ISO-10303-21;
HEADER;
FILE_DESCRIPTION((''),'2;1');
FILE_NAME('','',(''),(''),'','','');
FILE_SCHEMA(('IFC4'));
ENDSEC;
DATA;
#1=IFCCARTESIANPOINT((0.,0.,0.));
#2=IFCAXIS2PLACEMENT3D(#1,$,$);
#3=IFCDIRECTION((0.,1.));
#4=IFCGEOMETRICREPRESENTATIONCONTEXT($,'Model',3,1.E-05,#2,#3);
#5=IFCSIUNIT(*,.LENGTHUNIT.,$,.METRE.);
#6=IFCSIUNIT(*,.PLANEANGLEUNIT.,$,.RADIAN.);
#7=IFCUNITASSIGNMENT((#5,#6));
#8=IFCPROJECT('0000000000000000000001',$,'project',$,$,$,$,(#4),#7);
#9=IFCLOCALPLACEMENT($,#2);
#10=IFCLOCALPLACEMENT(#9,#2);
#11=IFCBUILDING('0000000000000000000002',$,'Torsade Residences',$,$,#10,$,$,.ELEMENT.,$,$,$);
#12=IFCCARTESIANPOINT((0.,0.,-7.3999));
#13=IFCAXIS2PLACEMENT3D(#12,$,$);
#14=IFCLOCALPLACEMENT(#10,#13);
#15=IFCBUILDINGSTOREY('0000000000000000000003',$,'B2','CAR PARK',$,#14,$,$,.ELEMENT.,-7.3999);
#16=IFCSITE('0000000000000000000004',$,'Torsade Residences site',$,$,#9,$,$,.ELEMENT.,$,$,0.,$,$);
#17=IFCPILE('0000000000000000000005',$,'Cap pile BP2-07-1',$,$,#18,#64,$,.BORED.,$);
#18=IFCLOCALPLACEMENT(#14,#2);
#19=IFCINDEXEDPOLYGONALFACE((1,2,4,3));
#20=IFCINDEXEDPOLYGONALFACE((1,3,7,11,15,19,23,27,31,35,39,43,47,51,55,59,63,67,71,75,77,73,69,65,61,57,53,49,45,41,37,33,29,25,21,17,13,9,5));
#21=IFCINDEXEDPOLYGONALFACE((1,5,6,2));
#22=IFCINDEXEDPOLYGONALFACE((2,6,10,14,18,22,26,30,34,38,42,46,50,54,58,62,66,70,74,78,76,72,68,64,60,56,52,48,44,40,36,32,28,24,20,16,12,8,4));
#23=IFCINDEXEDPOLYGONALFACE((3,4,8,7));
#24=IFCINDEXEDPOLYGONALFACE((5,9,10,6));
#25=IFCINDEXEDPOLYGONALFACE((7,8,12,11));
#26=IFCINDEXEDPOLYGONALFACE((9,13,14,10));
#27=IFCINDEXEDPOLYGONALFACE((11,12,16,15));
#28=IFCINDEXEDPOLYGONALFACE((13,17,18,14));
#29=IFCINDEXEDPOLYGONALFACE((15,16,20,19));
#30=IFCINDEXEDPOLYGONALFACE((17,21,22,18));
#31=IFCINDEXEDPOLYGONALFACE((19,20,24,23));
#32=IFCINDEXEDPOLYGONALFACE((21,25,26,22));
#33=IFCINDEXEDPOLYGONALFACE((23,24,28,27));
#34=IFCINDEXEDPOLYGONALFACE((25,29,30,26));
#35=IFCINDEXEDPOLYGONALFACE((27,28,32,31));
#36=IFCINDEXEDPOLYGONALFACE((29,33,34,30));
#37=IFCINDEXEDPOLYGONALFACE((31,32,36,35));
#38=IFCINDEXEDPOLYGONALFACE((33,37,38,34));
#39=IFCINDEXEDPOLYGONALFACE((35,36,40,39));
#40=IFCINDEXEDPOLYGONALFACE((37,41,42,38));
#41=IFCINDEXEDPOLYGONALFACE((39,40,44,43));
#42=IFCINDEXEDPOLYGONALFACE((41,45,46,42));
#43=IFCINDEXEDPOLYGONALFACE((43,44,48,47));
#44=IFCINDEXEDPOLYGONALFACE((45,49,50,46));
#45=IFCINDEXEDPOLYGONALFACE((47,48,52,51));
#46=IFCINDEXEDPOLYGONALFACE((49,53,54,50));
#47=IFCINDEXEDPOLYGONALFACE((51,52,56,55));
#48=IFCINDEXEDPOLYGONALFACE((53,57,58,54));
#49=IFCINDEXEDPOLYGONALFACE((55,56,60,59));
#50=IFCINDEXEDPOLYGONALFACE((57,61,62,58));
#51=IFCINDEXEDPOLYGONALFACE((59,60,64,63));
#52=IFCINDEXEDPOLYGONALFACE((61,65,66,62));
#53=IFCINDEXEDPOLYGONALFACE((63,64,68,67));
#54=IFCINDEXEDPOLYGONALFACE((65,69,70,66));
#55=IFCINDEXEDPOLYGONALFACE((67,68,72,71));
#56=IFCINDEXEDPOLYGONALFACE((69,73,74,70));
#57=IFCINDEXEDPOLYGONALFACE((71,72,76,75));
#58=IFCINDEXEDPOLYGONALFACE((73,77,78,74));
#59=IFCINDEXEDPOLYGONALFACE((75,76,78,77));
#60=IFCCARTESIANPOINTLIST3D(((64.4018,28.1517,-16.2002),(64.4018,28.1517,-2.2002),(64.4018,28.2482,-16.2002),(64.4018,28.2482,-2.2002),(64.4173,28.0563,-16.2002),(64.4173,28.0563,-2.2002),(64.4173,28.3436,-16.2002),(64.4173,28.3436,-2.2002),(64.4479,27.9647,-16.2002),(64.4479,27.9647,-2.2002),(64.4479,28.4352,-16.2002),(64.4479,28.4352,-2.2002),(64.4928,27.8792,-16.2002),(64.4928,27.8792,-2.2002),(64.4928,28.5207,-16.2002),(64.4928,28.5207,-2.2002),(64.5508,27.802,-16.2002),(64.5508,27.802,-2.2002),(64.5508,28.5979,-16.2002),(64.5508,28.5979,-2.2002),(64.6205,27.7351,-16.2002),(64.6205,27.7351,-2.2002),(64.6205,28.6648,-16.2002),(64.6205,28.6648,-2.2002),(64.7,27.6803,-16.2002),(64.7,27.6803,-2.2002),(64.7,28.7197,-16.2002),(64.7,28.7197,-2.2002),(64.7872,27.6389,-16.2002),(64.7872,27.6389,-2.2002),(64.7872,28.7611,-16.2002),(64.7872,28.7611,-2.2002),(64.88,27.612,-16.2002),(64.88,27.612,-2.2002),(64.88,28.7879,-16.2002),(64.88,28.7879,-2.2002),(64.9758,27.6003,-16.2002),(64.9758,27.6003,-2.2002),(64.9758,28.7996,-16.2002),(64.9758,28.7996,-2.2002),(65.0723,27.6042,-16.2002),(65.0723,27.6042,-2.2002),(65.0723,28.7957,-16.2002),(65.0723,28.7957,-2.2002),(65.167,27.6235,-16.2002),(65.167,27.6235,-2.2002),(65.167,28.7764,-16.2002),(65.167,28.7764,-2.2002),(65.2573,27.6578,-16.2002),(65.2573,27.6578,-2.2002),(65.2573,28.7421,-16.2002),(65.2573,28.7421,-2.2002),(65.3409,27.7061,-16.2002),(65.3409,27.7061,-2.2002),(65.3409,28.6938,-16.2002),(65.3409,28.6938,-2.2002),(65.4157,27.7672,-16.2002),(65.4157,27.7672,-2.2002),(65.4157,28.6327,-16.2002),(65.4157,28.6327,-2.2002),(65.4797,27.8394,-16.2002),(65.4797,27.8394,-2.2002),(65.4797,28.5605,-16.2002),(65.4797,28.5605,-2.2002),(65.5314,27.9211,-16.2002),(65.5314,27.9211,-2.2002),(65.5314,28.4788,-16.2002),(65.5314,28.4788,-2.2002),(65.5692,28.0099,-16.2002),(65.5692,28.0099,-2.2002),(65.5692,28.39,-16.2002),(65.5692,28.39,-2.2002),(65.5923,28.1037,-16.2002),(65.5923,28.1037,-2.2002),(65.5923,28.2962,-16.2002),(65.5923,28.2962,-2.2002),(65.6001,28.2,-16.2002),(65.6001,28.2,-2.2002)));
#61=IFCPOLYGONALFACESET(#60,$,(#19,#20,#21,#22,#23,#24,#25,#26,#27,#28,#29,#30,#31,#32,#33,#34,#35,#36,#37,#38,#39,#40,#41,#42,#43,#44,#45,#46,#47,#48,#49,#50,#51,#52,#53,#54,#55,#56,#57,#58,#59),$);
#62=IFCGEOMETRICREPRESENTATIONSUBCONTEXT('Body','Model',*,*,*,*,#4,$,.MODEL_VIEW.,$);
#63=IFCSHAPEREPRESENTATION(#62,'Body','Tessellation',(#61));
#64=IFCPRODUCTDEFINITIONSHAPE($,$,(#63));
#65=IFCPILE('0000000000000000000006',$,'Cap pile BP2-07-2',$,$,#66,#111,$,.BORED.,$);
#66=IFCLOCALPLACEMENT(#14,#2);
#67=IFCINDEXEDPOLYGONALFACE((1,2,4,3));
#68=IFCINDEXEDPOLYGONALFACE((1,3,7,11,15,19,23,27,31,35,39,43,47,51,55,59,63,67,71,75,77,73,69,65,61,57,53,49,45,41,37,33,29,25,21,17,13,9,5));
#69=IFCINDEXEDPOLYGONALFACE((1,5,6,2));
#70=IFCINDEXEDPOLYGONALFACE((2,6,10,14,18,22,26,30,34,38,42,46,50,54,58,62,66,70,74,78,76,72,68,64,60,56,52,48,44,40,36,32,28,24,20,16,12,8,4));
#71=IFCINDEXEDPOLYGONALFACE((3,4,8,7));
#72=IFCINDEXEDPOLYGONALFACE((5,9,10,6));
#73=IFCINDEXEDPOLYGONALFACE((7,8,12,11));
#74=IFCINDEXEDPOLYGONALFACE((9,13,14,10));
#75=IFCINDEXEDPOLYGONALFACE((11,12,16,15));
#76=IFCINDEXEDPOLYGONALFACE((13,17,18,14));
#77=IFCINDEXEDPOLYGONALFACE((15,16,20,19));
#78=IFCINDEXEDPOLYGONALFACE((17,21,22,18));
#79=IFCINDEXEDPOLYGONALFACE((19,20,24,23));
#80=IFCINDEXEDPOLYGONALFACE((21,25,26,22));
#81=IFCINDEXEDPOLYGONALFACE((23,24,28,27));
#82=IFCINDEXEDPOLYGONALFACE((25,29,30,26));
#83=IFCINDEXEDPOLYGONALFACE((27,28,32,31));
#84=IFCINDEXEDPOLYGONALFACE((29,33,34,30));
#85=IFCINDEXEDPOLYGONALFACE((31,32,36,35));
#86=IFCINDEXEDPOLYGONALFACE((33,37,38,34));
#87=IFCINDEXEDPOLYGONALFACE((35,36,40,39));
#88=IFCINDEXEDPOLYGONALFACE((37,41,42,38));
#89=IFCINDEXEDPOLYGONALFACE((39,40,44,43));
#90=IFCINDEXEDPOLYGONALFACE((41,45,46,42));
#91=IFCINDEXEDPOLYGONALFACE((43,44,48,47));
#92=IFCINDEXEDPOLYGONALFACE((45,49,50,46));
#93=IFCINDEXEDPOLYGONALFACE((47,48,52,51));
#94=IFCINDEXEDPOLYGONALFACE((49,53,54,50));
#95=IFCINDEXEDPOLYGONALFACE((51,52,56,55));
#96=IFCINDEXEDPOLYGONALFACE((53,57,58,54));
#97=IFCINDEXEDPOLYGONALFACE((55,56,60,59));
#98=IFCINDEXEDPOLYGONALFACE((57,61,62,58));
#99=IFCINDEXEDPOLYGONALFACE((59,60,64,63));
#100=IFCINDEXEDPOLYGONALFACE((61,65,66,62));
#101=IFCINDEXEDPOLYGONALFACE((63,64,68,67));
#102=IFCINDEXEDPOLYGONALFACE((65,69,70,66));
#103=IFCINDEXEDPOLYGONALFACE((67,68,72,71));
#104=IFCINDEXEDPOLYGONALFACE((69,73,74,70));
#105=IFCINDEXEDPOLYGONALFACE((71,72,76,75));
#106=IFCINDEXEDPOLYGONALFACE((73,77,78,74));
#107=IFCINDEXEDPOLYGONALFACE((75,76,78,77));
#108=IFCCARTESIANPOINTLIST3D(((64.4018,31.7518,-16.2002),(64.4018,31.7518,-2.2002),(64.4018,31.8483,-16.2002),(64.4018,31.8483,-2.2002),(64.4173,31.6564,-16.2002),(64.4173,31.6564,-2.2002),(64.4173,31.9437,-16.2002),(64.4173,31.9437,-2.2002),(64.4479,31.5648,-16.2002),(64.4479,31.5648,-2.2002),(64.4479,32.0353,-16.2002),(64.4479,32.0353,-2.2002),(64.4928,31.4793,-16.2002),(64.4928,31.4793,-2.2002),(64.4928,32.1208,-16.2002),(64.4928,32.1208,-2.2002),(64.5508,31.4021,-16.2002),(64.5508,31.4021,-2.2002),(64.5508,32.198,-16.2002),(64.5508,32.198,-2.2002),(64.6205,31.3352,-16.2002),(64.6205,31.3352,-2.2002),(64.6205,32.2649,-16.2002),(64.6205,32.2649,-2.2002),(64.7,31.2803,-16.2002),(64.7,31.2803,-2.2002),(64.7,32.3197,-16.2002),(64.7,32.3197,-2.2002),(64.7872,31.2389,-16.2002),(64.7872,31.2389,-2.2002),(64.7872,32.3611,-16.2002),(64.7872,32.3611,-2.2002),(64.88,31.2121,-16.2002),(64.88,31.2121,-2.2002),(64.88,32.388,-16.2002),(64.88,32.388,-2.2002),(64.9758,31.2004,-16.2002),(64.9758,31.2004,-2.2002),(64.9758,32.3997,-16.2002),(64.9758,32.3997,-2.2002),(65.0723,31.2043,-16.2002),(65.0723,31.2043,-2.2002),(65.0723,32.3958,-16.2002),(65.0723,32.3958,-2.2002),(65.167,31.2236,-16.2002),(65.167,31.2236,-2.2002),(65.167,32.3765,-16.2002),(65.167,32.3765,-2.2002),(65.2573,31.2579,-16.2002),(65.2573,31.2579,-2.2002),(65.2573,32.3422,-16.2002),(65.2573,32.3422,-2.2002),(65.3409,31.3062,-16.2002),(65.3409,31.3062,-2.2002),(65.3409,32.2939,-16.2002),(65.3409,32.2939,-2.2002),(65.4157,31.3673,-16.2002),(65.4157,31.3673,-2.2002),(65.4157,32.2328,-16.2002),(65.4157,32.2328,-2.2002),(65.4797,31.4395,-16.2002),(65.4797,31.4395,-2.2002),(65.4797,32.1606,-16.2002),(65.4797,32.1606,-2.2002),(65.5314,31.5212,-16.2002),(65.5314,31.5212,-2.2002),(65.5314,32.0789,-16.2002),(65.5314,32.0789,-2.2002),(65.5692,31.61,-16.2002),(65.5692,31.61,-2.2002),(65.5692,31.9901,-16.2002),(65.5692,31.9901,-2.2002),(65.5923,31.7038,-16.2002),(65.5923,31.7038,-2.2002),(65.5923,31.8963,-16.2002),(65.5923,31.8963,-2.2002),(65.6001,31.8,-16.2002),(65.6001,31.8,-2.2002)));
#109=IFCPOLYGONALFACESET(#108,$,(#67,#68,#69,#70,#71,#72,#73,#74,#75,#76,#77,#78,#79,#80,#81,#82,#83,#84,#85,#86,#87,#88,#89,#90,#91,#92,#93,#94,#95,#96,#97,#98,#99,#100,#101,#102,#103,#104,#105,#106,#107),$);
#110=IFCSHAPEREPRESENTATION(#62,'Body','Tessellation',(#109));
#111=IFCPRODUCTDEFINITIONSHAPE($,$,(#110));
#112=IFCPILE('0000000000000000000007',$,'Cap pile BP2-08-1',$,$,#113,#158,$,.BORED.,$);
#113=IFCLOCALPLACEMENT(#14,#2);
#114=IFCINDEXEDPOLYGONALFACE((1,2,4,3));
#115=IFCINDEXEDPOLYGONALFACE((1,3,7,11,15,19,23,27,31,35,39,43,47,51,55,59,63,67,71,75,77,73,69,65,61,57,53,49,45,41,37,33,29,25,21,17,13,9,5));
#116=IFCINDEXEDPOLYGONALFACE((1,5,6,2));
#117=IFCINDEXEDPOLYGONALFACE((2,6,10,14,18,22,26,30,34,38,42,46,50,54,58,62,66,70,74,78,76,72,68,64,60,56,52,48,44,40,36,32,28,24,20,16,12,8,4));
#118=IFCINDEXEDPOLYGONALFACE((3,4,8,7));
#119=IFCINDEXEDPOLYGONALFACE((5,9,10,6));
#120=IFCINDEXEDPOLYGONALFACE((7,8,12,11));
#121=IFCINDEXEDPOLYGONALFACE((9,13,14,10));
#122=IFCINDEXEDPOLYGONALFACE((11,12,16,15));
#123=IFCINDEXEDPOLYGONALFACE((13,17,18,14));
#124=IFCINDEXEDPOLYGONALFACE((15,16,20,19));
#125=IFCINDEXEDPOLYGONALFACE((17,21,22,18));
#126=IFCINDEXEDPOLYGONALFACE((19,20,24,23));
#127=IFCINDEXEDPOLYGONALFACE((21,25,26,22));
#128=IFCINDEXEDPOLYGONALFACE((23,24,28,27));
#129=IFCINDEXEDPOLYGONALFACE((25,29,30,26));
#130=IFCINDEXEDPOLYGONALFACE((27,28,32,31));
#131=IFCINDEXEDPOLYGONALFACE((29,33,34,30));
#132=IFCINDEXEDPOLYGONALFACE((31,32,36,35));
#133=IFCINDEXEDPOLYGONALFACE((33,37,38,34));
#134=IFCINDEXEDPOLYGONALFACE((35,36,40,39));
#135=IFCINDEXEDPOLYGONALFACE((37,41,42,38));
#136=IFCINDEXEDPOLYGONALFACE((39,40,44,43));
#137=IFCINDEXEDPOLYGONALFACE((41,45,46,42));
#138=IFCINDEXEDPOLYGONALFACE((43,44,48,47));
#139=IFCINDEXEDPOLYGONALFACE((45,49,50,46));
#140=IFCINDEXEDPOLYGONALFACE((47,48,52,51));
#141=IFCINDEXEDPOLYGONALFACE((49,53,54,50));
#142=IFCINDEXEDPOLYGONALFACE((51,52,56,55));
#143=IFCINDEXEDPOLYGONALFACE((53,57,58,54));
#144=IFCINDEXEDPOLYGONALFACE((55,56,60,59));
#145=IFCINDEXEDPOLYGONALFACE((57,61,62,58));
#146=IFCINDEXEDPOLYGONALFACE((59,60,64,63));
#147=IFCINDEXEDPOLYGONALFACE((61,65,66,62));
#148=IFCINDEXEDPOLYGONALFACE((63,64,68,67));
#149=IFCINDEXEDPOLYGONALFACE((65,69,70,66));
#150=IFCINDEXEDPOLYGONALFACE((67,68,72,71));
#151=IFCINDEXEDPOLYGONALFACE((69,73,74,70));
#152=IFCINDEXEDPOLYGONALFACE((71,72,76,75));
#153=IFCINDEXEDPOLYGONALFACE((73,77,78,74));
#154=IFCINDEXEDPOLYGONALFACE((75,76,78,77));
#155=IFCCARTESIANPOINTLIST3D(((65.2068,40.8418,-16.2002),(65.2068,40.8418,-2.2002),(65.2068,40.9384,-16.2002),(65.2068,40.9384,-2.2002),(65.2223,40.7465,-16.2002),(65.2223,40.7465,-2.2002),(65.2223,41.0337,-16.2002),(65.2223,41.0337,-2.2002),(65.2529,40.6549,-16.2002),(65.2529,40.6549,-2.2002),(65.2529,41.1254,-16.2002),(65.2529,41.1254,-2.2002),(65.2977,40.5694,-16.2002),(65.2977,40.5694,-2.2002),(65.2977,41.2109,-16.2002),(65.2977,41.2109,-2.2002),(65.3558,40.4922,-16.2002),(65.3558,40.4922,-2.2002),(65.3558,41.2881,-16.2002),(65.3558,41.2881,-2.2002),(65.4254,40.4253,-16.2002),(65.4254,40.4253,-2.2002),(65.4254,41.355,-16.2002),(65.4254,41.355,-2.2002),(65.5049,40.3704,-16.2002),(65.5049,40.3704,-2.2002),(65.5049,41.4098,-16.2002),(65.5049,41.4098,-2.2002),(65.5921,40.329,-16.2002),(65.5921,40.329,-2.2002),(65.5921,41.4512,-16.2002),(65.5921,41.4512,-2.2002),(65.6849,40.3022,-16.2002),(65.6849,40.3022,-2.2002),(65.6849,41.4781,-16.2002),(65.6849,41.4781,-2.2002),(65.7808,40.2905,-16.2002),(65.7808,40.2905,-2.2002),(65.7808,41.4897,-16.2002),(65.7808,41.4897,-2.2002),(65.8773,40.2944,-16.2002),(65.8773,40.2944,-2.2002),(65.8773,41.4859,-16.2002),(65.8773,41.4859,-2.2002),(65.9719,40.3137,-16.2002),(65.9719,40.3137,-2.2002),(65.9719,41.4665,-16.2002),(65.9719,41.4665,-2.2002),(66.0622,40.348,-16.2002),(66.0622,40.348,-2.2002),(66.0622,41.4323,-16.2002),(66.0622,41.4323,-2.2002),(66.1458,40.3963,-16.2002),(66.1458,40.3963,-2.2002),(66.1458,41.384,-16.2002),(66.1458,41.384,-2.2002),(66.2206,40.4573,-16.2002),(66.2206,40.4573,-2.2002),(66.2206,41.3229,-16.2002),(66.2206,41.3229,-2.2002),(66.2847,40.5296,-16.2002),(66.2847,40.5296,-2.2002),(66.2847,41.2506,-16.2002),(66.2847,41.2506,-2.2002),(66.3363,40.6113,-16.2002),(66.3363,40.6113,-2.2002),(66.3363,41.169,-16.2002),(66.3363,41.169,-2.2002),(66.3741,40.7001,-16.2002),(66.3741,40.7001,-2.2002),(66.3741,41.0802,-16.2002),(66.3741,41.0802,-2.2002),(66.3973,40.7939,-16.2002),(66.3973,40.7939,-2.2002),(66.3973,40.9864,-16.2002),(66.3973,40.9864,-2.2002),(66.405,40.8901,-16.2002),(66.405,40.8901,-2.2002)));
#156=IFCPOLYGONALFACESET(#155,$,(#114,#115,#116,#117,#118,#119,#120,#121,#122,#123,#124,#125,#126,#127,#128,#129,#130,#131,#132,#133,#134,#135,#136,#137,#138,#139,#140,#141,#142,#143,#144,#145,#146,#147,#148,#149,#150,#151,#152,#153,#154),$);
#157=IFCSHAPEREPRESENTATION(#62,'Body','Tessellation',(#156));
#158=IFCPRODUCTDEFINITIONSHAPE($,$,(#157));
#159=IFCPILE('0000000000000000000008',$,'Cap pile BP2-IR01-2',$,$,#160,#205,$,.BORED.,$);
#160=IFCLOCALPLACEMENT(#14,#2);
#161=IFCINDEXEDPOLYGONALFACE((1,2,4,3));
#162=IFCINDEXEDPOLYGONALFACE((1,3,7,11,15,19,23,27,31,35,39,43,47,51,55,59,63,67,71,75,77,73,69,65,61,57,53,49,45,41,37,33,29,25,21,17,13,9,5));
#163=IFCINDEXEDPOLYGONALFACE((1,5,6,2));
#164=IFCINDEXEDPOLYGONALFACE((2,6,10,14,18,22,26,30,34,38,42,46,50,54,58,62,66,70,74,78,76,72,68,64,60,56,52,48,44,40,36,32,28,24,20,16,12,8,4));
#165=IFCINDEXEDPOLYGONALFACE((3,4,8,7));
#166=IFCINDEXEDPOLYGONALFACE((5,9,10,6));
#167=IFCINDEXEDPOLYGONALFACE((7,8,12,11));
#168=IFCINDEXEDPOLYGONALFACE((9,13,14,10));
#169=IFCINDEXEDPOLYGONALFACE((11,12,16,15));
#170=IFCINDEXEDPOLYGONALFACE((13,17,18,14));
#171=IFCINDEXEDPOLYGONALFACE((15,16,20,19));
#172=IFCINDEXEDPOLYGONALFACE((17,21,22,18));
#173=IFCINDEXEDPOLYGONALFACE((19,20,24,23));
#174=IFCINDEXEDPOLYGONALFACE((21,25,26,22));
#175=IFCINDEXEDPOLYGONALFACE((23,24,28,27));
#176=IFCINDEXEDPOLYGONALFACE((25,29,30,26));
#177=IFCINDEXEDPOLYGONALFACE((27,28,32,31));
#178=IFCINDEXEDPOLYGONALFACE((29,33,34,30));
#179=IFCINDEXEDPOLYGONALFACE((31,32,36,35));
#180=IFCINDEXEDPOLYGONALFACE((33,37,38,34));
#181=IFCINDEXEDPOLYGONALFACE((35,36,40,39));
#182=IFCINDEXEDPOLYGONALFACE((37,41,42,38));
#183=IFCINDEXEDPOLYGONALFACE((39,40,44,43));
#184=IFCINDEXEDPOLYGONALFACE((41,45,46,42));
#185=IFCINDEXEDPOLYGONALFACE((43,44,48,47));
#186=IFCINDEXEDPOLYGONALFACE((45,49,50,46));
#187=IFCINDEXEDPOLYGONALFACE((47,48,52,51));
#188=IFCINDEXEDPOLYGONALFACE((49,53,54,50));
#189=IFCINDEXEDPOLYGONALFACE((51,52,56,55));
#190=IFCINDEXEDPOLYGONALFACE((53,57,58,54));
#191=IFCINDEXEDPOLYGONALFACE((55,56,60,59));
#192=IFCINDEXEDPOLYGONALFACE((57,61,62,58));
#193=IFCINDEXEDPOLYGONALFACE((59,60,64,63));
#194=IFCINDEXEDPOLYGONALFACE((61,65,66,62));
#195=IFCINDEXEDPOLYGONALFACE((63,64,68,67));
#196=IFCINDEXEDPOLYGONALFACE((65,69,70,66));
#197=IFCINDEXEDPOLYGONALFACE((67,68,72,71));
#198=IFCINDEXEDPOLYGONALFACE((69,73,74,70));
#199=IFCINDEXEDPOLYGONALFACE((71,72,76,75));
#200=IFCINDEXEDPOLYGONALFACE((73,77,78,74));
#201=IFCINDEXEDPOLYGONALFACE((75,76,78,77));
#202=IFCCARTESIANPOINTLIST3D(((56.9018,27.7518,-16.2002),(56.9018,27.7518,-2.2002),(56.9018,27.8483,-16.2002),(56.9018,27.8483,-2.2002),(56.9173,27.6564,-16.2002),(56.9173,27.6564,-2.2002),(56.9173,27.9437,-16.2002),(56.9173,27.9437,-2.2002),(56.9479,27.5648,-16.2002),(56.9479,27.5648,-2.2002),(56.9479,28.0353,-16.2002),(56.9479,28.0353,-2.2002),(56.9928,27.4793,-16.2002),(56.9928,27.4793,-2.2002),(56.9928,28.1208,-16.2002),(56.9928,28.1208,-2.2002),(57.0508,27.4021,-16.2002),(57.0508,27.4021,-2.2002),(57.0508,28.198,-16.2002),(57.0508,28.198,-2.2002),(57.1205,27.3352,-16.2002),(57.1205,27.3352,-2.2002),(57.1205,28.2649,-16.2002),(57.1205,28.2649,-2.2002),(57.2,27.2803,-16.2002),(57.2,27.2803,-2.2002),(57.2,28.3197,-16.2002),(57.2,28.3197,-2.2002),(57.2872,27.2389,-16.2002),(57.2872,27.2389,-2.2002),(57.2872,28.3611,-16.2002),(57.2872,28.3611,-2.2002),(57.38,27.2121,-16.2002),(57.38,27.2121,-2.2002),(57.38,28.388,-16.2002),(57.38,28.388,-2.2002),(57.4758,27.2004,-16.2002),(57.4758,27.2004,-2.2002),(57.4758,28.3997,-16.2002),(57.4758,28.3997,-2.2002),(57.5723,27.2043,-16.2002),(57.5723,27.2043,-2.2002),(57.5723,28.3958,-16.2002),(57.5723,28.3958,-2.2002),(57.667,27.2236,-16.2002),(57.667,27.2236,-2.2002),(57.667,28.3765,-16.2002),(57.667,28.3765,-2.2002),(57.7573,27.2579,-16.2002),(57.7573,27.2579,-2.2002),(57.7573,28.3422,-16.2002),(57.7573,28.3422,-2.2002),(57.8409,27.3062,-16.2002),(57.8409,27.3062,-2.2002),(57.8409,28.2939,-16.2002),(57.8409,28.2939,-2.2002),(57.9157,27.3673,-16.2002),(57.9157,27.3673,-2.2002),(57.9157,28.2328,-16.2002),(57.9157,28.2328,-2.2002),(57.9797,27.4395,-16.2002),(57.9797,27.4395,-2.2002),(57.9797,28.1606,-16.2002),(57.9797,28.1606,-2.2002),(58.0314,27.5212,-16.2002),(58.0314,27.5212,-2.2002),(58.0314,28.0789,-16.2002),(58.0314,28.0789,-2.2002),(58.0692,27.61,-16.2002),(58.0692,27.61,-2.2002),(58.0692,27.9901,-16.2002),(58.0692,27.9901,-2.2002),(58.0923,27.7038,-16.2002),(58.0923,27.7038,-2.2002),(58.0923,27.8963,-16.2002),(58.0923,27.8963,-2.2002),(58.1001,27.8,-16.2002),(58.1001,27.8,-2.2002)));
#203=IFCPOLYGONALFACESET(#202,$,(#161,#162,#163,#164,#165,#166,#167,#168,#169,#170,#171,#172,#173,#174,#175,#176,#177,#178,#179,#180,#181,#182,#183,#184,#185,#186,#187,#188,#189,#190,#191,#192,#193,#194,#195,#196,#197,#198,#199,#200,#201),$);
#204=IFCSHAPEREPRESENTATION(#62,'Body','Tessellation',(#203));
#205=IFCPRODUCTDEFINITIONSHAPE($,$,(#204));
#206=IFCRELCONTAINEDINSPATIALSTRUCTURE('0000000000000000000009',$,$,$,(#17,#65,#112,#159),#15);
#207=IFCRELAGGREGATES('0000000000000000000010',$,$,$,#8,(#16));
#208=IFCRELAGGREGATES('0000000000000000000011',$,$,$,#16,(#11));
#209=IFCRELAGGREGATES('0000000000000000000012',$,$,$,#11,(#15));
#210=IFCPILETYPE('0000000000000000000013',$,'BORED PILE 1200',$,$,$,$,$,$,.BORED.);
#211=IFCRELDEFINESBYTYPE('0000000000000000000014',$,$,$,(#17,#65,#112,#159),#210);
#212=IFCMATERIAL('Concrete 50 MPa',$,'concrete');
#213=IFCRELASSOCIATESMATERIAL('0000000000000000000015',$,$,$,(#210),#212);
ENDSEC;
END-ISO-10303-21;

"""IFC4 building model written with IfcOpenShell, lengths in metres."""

from ifc_helpers import new_model, si_unit, direction, frame, origin, origin_2d, place, context, subcontext, project, spatial, circle, extrude, material, type_object, element, save


model = new_model("IFC4")

# Units and contexts
model_context = context("Model", 3, precision=1e-05, world=origin(), true_north=direction((0.0, 1.0)))
body_context = subcontext(model_context, "Body", "Model", "MODEL_VIEW")
ifc_project = project(units=[si_unit("LENGTHUNIT", "METRE"), si_unit("PLANEANGLEUNIT", "RADIAN")], contexts=[model_context])

# Site, building, storey
site_placement = place(None, origin())
site = spatial("IfcSite", under=ifc_project, at=site_placement, Name="Torsade Residences site", CompositionType="ELEMENT", RefElevation=0.0)
building_placement = place(site_placement, origin())
building = spatial("IfcBuilding", under=site, at=building_placement, Name="Torsade Residences", CompositionType="ELEMENT")
storey_placement = place(building_placement, frame((0.0, 0.0, -7.3999)))
storey = spatial("IfcBuildingStorey", under=building, at=storey_placement, Name="B2", Description="CAR PARK", CompositionType="ELEMENT", Elevation=-7.3999)

# Piles
ifc_material_1 = material(Name="Concrete 50 MPa", Category="concrete")
pile_type_1 = type_object("IfcPileType", Name="BORED PILE 1200", PredefinedType="BORED", material=ifc_material_1)
for number, where, z_axis, x_axis, name in (
    (1, (65.0, 28.2, -2.2002), (0.0, 0.0, -1.0), (1.0, 0.0, 0.0), "Cap pile BP2-07-1"),
    (2, (65.0, 31.8, -2.2002), (0.0, 0.0, -1.0), (1.0, 0.0, 0.0), "Cap pile BP2-07-2"),
    (3, (65.8049, 40.8901, -2.2002), (0.0, 0.0, -1.0), (1.0, 0.0, 0.0), "Cap pile BP2-08-1"),
    (4, (57.5, 27.8, -2.2002), (0.0, 0.0, -1.0), (1.0, 0.0, 0.0), "Cap pile BP2-IR01-2"),
):
    element("IfcPile", number, at=place(storey_placement, frame(where, z_axis=z_axis, x_axis=x_axis)), inside=storey, type_object=pile_type_1, Name=name, PredefinedType="BORED", context=body_context, shape_type="SweptSolid", body=[
        extrude(circle(Radius=0.6001, at=origin_2d()), origin(), (0.0, 0.0, 1.0), 14.0),
    ])

save(model, "model.ifc")
